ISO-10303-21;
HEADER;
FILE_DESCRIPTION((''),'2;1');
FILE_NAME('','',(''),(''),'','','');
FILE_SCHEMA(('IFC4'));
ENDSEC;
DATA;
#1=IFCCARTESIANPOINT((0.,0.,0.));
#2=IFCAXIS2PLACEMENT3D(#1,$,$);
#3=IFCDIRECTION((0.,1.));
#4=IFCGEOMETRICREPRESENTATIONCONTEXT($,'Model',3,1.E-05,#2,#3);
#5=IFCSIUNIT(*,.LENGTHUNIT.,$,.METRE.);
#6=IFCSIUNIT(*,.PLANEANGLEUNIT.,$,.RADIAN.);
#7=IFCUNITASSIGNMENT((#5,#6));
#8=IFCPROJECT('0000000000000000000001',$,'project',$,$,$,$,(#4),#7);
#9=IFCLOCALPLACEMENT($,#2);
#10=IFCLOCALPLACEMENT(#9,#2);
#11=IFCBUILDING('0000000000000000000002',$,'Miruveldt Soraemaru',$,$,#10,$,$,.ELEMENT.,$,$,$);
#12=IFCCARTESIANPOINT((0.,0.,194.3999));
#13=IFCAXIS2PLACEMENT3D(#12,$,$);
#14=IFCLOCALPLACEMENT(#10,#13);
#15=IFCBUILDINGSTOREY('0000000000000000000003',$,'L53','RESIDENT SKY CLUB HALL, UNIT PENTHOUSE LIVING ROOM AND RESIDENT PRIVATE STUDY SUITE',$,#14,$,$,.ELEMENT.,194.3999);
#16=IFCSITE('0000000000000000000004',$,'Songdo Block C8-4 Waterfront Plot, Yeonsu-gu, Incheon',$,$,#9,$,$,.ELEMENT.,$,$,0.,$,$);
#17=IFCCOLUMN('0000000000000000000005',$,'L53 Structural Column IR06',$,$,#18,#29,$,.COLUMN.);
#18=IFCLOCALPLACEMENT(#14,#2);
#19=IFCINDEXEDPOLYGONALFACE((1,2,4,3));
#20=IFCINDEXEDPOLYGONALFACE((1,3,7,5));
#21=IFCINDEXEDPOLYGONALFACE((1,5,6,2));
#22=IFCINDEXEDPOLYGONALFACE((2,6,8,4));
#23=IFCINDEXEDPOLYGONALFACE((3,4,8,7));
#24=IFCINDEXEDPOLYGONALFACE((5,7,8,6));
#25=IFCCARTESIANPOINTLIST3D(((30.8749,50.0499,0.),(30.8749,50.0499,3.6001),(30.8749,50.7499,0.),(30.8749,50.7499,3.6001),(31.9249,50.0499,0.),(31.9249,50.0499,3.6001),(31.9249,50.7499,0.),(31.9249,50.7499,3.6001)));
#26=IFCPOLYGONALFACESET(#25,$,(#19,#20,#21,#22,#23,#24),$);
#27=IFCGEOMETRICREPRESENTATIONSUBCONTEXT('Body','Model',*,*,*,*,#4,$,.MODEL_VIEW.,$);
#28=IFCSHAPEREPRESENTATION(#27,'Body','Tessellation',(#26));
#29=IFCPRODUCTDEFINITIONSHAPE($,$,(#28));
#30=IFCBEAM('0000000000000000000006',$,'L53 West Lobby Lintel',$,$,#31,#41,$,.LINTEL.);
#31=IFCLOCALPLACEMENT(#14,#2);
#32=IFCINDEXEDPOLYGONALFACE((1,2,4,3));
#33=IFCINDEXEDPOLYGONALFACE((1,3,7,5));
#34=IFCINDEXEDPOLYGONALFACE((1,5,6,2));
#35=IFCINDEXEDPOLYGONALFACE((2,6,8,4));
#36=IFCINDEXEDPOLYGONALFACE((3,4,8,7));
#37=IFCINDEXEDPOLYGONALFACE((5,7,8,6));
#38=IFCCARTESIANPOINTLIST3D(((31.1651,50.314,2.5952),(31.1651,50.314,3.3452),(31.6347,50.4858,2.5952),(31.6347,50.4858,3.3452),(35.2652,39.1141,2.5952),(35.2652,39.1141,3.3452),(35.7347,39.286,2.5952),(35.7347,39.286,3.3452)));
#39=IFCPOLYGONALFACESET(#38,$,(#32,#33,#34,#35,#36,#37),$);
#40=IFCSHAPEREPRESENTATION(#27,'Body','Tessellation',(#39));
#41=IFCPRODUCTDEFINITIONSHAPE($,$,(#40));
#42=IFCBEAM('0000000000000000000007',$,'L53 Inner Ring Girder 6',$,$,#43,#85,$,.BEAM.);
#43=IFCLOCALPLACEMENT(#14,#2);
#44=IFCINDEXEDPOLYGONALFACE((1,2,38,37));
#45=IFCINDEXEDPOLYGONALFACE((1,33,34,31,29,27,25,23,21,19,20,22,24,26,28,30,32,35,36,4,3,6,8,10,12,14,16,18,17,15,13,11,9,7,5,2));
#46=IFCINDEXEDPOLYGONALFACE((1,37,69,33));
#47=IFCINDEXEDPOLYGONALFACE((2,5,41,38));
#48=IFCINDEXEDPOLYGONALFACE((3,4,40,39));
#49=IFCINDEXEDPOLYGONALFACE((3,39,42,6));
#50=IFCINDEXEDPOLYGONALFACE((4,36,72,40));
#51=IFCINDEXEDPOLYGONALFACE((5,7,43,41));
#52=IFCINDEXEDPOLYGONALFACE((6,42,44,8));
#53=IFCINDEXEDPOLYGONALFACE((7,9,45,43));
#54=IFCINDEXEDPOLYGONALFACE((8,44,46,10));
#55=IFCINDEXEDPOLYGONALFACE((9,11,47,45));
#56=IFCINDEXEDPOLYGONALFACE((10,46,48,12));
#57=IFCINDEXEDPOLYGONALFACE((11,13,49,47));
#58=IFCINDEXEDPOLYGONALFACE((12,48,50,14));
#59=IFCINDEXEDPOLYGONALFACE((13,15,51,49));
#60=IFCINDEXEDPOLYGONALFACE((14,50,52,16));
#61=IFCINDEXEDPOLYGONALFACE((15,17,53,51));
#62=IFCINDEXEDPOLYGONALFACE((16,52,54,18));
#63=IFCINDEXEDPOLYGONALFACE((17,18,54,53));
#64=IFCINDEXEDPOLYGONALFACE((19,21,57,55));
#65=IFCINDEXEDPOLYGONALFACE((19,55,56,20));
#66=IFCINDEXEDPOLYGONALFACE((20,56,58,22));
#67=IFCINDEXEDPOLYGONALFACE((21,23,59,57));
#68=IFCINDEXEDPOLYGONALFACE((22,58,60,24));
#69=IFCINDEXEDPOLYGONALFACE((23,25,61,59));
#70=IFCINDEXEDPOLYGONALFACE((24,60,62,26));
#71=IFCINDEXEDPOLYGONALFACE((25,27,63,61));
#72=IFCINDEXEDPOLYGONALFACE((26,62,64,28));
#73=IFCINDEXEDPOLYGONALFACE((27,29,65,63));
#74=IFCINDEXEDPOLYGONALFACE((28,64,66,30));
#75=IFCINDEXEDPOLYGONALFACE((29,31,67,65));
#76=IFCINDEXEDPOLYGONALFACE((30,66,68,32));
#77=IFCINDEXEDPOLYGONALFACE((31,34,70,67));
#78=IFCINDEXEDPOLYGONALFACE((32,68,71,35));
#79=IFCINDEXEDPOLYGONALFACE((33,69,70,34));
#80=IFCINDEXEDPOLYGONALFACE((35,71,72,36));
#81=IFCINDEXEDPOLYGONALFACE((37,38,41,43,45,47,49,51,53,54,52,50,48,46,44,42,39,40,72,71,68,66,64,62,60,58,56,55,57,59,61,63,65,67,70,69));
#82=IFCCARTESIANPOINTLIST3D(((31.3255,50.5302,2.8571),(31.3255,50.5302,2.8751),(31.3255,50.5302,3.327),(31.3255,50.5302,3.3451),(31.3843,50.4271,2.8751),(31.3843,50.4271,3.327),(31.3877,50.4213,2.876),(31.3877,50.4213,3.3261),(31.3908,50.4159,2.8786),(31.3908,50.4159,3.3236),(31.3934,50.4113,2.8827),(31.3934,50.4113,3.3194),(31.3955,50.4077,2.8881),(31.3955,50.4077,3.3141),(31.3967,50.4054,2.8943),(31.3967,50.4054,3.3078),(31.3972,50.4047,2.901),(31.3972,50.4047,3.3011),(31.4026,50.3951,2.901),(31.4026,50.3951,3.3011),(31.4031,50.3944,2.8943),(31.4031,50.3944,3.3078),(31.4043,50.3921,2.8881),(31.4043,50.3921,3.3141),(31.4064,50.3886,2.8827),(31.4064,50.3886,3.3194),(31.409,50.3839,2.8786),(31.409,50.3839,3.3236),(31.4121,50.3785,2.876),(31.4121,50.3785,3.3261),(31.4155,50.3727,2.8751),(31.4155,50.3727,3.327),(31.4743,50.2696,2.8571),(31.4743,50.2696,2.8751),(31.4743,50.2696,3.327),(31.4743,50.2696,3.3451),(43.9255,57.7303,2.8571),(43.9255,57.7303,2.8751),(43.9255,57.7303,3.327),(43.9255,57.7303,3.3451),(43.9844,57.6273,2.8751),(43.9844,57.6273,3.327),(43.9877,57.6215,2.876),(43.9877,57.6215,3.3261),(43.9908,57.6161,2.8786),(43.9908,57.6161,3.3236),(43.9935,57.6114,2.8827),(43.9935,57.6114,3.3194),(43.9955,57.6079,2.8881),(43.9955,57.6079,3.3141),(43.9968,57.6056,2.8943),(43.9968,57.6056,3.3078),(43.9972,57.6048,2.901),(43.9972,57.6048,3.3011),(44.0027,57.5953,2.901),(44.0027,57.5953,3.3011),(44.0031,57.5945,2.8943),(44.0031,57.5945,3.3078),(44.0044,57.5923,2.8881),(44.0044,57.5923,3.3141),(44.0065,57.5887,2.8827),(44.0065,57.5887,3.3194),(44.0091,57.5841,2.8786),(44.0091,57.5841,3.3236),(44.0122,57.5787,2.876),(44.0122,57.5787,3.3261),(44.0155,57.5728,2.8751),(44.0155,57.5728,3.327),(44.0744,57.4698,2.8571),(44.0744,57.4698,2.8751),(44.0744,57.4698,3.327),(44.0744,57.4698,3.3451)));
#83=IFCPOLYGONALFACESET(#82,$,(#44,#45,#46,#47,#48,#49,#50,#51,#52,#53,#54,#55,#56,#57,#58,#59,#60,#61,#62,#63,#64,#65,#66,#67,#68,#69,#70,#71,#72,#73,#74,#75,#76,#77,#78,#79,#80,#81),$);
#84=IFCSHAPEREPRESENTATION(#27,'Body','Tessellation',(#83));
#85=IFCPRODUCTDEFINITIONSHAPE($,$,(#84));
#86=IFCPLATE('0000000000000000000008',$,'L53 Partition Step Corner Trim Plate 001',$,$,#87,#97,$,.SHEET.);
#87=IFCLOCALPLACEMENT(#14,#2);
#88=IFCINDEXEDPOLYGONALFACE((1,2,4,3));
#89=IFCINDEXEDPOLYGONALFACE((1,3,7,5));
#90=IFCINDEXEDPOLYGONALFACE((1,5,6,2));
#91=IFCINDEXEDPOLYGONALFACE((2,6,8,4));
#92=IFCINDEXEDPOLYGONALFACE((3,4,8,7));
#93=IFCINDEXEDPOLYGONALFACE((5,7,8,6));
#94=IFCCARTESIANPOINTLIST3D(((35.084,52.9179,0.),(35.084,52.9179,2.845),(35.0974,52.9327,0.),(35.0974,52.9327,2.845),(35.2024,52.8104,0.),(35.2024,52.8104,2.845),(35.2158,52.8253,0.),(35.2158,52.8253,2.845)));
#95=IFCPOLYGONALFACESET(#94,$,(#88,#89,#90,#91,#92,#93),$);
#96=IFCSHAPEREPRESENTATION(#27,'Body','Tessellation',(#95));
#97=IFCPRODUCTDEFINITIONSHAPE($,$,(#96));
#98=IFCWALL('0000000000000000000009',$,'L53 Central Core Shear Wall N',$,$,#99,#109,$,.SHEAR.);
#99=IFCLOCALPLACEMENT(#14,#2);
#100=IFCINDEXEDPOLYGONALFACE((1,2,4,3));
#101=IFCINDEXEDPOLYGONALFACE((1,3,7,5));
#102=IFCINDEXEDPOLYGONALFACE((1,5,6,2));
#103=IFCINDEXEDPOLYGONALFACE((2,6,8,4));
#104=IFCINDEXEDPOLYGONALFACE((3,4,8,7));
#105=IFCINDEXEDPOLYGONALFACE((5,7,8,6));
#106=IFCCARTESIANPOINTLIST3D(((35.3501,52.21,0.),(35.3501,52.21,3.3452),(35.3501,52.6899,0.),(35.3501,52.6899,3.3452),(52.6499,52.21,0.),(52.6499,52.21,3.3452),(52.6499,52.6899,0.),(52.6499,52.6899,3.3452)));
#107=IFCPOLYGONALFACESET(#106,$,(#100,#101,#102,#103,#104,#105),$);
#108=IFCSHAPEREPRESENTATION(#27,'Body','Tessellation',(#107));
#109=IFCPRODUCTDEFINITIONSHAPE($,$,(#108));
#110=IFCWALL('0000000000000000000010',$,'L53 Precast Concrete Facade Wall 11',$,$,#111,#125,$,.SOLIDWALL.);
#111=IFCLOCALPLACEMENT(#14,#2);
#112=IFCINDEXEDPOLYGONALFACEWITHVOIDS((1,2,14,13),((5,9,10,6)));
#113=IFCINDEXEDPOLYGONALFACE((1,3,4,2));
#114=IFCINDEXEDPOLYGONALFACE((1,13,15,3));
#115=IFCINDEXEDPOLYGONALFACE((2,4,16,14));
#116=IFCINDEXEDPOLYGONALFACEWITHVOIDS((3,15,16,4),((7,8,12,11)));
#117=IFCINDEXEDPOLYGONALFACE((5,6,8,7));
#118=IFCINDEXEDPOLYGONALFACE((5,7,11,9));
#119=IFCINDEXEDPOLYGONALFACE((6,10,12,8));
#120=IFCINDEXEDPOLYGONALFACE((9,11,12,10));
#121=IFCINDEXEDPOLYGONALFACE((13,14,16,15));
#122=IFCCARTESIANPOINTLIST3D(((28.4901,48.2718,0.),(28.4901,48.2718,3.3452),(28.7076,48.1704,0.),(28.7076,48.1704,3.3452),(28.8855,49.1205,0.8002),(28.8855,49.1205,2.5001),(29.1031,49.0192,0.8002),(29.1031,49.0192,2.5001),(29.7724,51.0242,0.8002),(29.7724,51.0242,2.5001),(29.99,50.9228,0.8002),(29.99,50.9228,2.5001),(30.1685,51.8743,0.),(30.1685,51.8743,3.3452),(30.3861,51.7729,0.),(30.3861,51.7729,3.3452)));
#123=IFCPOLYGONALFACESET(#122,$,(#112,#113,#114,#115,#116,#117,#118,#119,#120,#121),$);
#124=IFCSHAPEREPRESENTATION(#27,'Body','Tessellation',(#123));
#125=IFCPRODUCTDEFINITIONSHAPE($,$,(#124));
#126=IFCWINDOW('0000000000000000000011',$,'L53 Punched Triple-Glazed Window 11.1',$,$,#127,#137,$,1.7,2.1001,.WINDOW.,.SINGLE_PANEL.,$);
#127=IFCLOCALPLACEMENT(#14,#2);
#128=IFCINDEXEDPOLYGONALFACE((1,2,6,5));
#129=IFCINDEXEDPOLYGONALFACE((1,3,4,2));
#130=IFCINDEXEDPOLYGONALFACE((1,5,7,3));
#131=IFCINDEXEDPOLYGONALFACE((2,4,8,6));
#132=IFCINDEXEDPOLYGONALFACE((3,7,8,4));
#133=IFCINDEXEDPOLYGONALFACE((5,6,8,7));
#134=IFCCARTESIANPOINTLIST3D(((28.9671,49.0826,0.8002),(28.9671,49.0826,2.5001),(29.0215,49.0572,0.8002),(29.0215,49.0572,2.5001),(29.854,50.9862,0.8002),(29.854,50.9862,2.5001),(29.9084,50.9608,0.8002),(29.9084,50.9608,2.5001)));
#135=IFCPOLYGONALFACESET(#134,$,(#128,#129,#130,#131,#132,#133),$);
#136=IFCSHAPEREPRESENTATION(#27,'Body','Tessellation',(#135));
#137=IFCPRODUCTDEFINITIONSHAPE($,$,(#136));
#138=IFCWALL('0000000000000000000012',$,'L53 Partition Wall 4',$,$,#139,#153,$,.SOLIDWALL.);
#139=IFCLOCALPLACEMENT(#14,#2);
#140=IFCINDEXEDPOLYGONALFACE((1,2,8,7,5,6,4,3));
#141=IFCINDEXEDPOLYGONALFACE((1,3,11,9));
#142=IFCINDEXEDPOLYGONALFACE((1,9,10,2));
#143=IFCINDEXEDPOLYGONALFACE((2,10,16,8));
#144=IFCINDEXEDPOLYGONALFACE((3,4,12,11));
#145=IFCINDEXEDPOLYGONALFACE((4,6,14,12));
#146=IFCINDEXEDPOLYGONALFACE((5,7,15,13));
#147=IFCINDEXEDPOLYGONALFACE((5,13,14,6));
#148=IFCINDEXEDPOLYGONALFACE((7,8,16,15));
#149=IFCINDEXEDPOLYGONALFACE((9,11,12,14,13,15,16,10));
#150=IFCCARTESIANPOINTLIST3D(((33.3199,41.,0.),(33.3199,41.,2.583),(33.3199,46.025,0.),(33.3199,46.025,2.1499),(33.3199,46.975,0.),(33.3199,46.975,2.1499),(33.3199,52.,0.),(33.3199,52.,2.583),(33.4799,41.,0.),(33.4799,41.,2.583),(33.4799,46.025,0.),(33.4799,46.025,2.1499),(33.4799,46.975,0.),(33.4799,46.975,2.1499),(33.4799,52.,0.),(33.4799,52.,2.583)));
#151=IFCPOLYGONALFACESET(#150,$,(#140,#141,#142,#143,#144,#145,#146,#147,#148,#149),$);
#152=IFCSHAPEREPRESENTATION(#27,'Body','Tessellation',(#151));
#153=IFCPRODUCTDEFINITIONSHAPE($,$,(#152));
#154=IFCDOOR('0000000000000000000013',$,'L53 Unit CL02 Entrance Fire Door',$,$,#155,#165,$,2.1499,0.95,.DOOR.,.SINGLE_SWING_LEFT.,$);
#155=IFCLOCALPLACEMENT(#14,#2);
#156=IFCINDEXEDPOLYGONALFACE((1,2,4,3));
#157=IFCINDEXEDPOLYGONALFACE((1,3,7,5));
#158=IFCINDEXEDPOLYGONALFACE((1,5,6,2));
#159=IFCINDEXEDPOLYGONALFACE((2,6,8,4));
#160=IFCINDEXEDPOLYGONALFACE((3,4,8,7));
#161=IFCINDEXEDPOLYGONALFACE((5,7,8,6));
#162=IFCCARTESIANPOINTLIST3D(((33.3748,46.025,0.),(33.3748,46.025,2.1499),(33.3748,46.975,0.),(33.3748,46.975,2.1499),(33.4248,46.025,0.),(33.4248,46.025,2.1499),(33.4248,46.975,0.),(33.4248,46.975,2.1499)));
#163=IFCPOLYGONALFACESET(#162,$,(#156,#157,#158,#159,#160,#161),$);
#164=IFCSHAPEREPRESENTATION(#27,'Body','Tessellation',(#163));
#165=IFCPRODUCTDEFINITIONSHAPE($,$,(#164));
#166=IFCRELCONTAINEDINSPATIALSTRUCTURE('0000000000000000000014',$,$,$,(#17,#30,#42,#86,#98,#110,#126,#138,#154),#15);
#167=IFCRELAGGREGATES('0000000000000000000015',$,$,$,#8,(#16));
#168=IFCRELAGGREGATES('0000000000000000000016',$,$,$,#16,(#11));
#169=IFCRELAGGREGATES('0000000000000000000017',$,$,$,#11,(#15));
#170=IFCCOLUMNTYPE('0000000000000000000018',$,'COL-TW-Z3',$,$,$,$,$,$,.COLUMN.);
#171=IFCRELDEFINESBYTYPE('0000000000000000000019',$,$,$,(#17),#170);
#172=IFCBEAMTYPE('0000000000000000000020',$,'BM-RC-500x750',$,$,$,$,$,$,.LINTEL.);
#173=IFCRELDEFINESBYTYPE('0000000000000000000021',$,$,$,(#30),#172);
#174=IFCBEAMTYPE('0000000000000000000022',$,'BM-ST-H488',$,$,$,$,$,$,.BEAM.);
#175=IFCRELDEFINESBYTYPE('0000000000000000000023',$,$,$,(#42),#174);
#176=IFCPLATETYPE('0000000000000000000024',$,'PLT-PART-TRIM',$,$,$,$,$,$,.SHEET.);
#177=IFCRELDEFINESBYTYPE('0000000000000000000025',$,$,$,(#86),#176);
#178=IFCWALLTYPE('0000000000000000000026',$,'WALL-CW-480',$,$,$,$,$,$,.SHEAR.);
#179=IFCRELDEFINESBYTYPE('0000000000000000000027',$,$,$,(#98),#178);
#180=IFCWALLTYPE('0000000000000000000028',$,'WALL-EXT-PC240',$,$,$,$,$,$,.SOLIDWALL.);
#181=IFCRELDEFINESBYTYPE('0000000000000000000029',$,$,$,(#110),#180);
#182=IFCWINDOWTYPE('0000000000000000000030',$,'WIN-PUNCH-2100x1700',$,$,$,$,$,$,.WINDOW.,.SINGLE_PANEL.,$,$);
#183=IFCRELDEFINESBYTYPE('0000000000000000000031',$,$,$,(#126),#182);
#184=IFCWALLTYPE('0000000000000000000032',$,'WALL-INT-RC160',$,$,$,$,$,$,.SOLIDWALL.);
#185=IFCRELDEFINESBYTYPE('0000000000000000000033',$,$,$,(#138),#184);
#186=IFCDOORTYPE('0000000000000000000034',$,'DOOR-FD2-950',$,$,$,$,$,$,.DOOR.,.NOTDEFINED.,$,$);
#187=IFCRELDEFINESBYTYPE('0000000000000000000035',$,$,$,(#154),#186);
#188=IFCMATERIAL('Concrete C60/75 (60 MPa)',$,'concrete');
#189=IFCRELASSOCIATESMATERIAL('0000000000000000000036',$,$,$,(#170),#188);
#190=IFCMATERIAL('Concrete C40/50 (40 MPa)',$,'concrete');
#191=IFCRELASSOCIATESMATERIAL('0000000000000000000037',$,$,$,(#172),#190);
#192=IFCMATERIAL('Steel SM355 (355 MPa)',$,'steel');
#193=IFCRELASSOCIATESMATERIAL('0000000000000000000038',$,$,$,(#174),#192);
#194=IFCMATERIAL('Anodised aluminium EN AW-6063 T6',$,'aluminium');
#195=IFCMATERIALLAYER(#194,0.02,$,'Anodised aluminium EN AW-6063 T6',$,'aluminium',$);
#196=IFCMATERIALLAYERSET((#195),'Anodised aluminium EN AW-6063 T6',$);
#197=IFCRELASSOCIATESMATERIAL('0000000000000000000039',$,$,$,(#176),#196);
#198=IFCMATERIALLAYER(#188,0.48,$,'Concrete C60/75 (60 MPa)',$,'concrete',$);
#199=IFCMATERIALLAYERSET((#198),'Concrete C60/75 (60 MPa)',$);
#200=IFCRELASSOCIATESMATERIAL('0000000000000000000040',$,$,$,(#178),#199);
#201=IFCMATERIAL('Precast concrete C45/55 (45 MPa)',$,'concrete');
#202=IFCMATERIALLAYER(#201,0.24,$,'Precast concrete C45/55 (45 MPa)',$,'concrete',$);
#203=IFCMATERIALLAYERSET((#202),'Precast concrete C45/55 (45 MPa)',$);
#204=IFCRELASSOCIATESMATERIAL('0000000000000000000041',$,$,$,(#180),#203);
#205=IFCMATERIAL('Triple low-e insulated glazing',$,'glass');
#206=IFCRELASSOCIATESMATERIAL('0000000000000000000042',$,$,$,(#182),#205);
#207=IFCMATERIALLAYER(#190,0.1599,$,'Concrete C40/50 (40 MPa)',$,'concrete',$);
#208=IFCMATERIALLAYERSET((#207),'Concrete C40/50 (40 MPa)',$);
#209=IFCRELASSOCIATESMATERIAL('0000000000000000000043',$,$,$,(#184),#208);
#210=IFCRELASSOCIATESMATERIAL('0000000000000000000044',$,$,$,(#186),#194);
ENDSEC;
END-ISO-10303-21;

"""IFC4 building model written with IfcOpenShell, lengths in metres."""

from ifc_helpers import new_model, si_unit, direction, frame, frame_2d, origin, origin_2d, place, context, subcontext, project, spatial, rectangle, i_section, extrude, material, layer, layer_set, material_profile, profile_set, type_object, element, fill, save


model = new_model("IFC4")

# Units and contexts
model_context = context("Model", 3, precision=1e-05, world=origin(), true_north=direction((0.0, 1.0)))
body_context = subcontext(model_context, "Body", "Model", "MODEL_VIEW")
ifc_project = project(units=[si_unit("LENGTHUNIT", "METRE"), si_unit("PLANEANGLEUNIT", "RADIAN")], contexts=[model_context])

# Site, building, storey
site_placement = place(None, origin())
site = spatial("IfcSite", under=ifc_project, at=site_placement, Name="Songdo Block C8-4 Waterfront Plot, Yeonsu-gu, Incheon", CompositionType="ELEMENT", RefElevation=0.0)
building_placement = place(site_placement, origin())
building = spatial("IfcBuilding", under=site, at=building_placement, Name="Miruveldt Soraemaru", CompositionType="ELEMENT")
storey_placement = place(building_placement, frame((0.0, 0.0, 194.3999)))
storey = spatial("IfcBuildingStorey", under=building, at=storey_placement, Name="L53", Description="RESIDENT SKY CLUB HALL, UNIT PENTHOUSE LIVING ROOM AND RESIDENT PRIVATE STUDY SUITE", CompositionType="ELEMENT", Elevation=194.3999)

# Column
ifc_material_1 = material(Name="Concrete C60/75 (60 MPa)", Category="concrete")
ifc_material_profile_1 = material_profile(ifc_material_1, rectangle(XDim=1.05, YDim=0.7, at=origin_2d()), Name="Concrete C60/75 (60 MPa)", Category="concrete")
ifc_profile_set_1 = profile_set([ifc_material_profile_1], Name="Concrete C60/75 (60 MPa)")
column_type = type_object("IfcColumnType", Name="COL-TW-Z3", PredefinedType="COLUMN", material=ifc_profile_set_1)
column_placement = place(storey_placement, frame((31.3999, 50.3999, 0.0), z_axis=(0.0, 0.0, 1.0), x_axis=(1.0, 0.0, 0.0)))
element("IfcColumn", 1, at=column_placement, inside=storey, type_object=column_type, Name="L53 Structural Column IR06", PredefinedType="COLUMN", context=body_context, shape_type="SweptSolid", body=[
    extrude(rectangle(XDim=1.05, YDim=0.7, at=origin_2d()), origin(), (0.0, 0.0, 1.0), 3.6001),
])

# Beams
ifc_material_2 = material(Name="Concrete C40/50 (40 MPa)", Category="concrete")
ifc_material_profile_2 = material_profile(ifc_material_2, rectangle(XDim=0.5, YDim=0.75, at=origin_2d()), Name="Concrete C40/50 (40 MPa)", Category="concrete")
ifc_profile_set_2 = profile_set([ifc_material_profile_2], Name="Concrete C40/50 (40 MPa)")
beam_type_1 = type_object("IfcBeamType", Name="BM-RC-500x750", PredefinedType="LINTEL", material=ifc_profile_set_2)
beam_1_placement = place(storey_placement, frame((31.3999, 50.3999, 2.9702), z_axis=(0.34377, -0.939054, 0.0), x_axis=(0.939054, 0.34377, 0.0)))
element("IfcBeam", 2, at=beam_1_placement, inside=storey, type_object=beam_type_1, Name="L53 West Lobby Lintel", PredefinedType="LINTEL", context=body_context, shape_type="SweptSolid", body=[
    extrude(rectangle(XDim=0.5, YDim=0.75, at=origin_2d()), origin(), (0.0, 0.0, 1.0), 11.9268),
])
ifc_material_3 = material(Name="Steel SM355 (355 MPa)", Category="steel")
ifc_material_profile_3 = material_profile(ifc_material_3, i_section(OverallWidth=0.3, OverallDepth=0.488, WebThickness=0.011, FlangeThickness=0.0181, FilletRadius=0.0259, at=origin_2d()), Name="Steel SM355 (355 MPa)", Category="steel")
ifc_profile_set_3 = profile_set([ifc_material_profile_3], Name="Steel SM355 (355 MPa)")
beam_type_2 = type_object("IfcBeamType", Name="BM-ST-H488", PredefinedType="BEAM", material=ifc_profile_set_3)
beam_2_placement = place(storey_placement, frame((31.3999, 50.3999, 3.1011), z_axis=(0.868239, 0.496146, 0.0), x_axis=(-0.496146, 0.868239, 0.0)))
element("IfcBeam", 3, at=beam_2_placement, inside=storey, type_object=beam_type_2, Name="L53 Inner Ring Girder 6", PredefinedType="BEAM", context=body_context, shape_type="SweptSolid", body=[
    extrude(i_section(OverallWidth=0.3, OverallDepth=0.488, WebThickness=0.011, FlangeThickness=0.0181, FilletRadius=0.0259, at=origin_2d()), origin(), (0.0, 0.0, 1.0), 14.5122),
])

# Plate
ifc_material_4 = material(Name="Anodised aluminium EN AW-6063 T6", Category="aluminium")
ifc_layer_1 = layer(ifc_material_4, 0.02, Name="Anodised aluminium EN AW-6063 T6", Category="aluminium")
ifc_layer_set_1 = layer_set([ifc_layer_1], Name="Anodised aluminium EN AW-6063 T6")
plate_type = type_object("IfcPlateType", Name="PLT-PART-TRIM", PredefinedType="SHEET", material=ifc_layer_set_1)
plate_placement = place(storey_placement, frame((35.1499, 52.8716, 0.0), z_axis=(0.0, 0.0, 1.0), x_axis=(0.74057, -0.671979, 0.0)))
element("IfcPlate", 4, at=plate_placement, inside=storey, type_object=plate_type, Name="L53 Partition Step Corner Trim Plate 001", PredefinedType="SHEET", context=body_context, shape_type="SweptSolid", body=[
    extrude(rectangle(XDim=0.1599, YDim=0.02, at=origin_2d()), origin(), (0.0, 0.0, 1.0), 2.845),
])

# Wall
ifc_layer_2 = layer(ifc_material_1, 0.48, Name="Concrete C60/75 (60 MPa)", Category="concrete")
ifc_layer_set_2 = layer_set([ifc_layer_2], Name="Concrete C60/75 (60 MPa)")
wall_type_1 = type_object("IfcWallType", Name="WALL-CW-480", PredefinedType="SHEAR", material=ifc_layer_set_2)
wall_1_placement = place(storey_placement, frame((35.3501, 52.45, 0.0), z_axis=(0.0, 0.0, 1.0), x_axis=(1.0, 0.0, 0.0)))
element("IfcWall", 5, at=wall_1_placement, inside=storey, type_object=wall_type_1, Name="L53 Central Core Shear Wall N", PredefinedType="SHEAR", context=body_context, shape_type="SweptSolid", body=[
    extrude(rectangle(XDim=17.2998, YDim=0.48, at=frame_2d((8.6499, 0.0))), origin(), (0.0, 0.0, 1.0), 3.3452),
])

# Wall, opening, window
ifc_material_5 = material(Name="Precast concrete C45/55 (45 MPa)", Category="concrete")
ifc_layer_3 = layer(ifc_material_5, 0.24, Name="Precast concrete C45/55 (45 MPa)", Category="concrete")
ifc_layer_set_3 = layer_set([ifc_layer_3], Name="Precast concrete C45/55 (45 MPa)")
wall_type_2 = type_object("IfcWallType", Name="WALL-EXT-PC240", PredefinedType="SOLIDWALL", material=ifc_layer_set_3)
wall_2_placement = place(storey_placement, frame((30.2773, 51.8237, 0.0), z_axis=(0.0, 0.0, 1.0), x_axis=(-0.422324, -0.906445, 0.0)))
wall_2 = element("IfcWall", 6, at=wall_2_placement, inside=storey, type_object=wall_type_2, Name="L53 Precast Concrete Facade Wall 11", PredefinedType="SOLIDWALL", context=body_context, shape_type="SweptSolid", body=[
    extrude(rectangle(XDim=3.9744, YDim=0.24, at=frame_2d((1.9873, 0.0))), origin(), (0.0, 0.0, 1.0), 3.3452),
])
opening_1_placement = place(wall_2_placement, frame((0.938, 0.0, 0.8)))
opening_1 = element("IfcOpeningElement", 7, at=opening_1_placement, cuts=wall_2, PredefinedType="OPENING", context=body_context, shape_type="SweptSolid", body=[
    extrude(rectangle(XDim=2.1001, YDim=1.7, at=frame_2d((1.05, 0.8501))), frame((0.0, 0.1299, 0.0), z_axis=(0.0, -1.0, 0.0), x_axis=(1.0, 0.0, 0.0)), (0.0, 0.0, 1.0), 0.26),
])
ifc_material_6 = material(Name="Triple low-e insulated glazing", Category="glass")
window_type = type_object("IfcWindowType", Name="WIN-PUNCH-2100x1700", PartitioningType="SINGLE_PANEL", PredefinedType="WINDOW", material=ifc_material_6)
window_placement = place(opening_1_placement, origin())
window = element("IfcWindow", 8, at=window_placement, inside=storey, type_object=window_type, Name="L53 Punched Triple-Glazed Window 11.1", OverallHeight=1.7, OverallWidth=2.1001, PartitioningType="SINGLE_PANEL", PredefinedType="WINDOW", context=body_context, shape_type="SweptSolid", body=[
    extrude(rectangle(XDim=2.1001, YDim=1.7, at=frame_2d((1.05, 0.8501))), frame((0.0, 0.03, 0.0), z_axis=(0.0, -1.0, 0.0), x_axis=(1.0, 0.0, 0.0)), (0.0, 0.0, 1.0), 0.0601),
])
fill(opening_1, window)

# Wall, opening, door
ifc_layer_4 = layer(ifc_material_2, 0.1599, Name="Concrete C40/50 (40 MPa)", Category="concrete")
ifc_layer_set_4 = layer_set([ifc_layer_4], Name="Concrete C40/50 (40 MPa)")
wall_type_3 = type_object("IfcWallType", Name="WALL-INT-RC160", PredefinedType="SOLIDWALL", material=ifc_layer_set_4)
wall_3_placement = place(storey_placement, frame((33.3999, 52.0, 0.0), z_axis=(0.0, 0.0, 1.0), x_axis=(0.0, -1.0, 0.0)))
wall_3 = element("IfcWall", 9, at=wall_3_placement, inside=storey, type_object=wall_type_3, Name="L53 Partition Wall 4", PredefinedType="SOLIDWALL", context=body_context, shape_type="SweptSolid", body=[
    extrude(rectangle(XDim=11.0, YDim=0.1599, at=frame_2d((5.5, 0.0))), origin(), (0.0, 0.0, 1.0), 2.583),
])
opening_2_placement = place(wall_3_placement, frame((5.0249, 0.0, 0.0)))
opening_2 = element("IfcOpeningElement", 10, at=opening_2_placement, cuts=wall_3, PredefinedType="OPENING", context=body_context, shape_type="SweptSolid", body=[
    extrude(rectangle(XDim=0.95, YDim=2.1499, at=frame_2d((0.4751, 1.075))), frame((0.0, 0.0898, 0.0), z_axis=(0.0, -1.0, 0.0), x_axis=(1.0, 0.0, 0.0)), (0.0, 0.0, 1.0), 0.1799),
])
door_type_1 = type_object("IfcDoorType", Name="DOOR-FD2-950", OperationType="NOTDEFINED", PredefinedType="DOOR", material=ifc_material_4)
door_1_placement = place(opening_2_placement, origin())
door_1 = element("IfcDoor", 11, at=door_1_placement, inside=storey, type_object=door_type_1, Name="L53 Unit CL02 Entrance Fire Door", OperationType="SINGLE_SWING_LEFT", OverallHeight=2.1499, OverallWidth=0.95, PredefinedType="DOOR", context=body_context, shape_type="SweptSolid", body=[
    extrude(rectangle(XDim=0.95, YDim=2.1499, at=frame_2d((0.4751, 1.075))), frame((0.0, 0.0249, 0.0), z_axis=(0.0, -1.0, 0.0), x_axis=(1.0, 0.0, 0.0)), (0.0, 0.0, 1.0), 0.05),
])
fill(opening_2, door_1)

save(model, "model.ifc")
